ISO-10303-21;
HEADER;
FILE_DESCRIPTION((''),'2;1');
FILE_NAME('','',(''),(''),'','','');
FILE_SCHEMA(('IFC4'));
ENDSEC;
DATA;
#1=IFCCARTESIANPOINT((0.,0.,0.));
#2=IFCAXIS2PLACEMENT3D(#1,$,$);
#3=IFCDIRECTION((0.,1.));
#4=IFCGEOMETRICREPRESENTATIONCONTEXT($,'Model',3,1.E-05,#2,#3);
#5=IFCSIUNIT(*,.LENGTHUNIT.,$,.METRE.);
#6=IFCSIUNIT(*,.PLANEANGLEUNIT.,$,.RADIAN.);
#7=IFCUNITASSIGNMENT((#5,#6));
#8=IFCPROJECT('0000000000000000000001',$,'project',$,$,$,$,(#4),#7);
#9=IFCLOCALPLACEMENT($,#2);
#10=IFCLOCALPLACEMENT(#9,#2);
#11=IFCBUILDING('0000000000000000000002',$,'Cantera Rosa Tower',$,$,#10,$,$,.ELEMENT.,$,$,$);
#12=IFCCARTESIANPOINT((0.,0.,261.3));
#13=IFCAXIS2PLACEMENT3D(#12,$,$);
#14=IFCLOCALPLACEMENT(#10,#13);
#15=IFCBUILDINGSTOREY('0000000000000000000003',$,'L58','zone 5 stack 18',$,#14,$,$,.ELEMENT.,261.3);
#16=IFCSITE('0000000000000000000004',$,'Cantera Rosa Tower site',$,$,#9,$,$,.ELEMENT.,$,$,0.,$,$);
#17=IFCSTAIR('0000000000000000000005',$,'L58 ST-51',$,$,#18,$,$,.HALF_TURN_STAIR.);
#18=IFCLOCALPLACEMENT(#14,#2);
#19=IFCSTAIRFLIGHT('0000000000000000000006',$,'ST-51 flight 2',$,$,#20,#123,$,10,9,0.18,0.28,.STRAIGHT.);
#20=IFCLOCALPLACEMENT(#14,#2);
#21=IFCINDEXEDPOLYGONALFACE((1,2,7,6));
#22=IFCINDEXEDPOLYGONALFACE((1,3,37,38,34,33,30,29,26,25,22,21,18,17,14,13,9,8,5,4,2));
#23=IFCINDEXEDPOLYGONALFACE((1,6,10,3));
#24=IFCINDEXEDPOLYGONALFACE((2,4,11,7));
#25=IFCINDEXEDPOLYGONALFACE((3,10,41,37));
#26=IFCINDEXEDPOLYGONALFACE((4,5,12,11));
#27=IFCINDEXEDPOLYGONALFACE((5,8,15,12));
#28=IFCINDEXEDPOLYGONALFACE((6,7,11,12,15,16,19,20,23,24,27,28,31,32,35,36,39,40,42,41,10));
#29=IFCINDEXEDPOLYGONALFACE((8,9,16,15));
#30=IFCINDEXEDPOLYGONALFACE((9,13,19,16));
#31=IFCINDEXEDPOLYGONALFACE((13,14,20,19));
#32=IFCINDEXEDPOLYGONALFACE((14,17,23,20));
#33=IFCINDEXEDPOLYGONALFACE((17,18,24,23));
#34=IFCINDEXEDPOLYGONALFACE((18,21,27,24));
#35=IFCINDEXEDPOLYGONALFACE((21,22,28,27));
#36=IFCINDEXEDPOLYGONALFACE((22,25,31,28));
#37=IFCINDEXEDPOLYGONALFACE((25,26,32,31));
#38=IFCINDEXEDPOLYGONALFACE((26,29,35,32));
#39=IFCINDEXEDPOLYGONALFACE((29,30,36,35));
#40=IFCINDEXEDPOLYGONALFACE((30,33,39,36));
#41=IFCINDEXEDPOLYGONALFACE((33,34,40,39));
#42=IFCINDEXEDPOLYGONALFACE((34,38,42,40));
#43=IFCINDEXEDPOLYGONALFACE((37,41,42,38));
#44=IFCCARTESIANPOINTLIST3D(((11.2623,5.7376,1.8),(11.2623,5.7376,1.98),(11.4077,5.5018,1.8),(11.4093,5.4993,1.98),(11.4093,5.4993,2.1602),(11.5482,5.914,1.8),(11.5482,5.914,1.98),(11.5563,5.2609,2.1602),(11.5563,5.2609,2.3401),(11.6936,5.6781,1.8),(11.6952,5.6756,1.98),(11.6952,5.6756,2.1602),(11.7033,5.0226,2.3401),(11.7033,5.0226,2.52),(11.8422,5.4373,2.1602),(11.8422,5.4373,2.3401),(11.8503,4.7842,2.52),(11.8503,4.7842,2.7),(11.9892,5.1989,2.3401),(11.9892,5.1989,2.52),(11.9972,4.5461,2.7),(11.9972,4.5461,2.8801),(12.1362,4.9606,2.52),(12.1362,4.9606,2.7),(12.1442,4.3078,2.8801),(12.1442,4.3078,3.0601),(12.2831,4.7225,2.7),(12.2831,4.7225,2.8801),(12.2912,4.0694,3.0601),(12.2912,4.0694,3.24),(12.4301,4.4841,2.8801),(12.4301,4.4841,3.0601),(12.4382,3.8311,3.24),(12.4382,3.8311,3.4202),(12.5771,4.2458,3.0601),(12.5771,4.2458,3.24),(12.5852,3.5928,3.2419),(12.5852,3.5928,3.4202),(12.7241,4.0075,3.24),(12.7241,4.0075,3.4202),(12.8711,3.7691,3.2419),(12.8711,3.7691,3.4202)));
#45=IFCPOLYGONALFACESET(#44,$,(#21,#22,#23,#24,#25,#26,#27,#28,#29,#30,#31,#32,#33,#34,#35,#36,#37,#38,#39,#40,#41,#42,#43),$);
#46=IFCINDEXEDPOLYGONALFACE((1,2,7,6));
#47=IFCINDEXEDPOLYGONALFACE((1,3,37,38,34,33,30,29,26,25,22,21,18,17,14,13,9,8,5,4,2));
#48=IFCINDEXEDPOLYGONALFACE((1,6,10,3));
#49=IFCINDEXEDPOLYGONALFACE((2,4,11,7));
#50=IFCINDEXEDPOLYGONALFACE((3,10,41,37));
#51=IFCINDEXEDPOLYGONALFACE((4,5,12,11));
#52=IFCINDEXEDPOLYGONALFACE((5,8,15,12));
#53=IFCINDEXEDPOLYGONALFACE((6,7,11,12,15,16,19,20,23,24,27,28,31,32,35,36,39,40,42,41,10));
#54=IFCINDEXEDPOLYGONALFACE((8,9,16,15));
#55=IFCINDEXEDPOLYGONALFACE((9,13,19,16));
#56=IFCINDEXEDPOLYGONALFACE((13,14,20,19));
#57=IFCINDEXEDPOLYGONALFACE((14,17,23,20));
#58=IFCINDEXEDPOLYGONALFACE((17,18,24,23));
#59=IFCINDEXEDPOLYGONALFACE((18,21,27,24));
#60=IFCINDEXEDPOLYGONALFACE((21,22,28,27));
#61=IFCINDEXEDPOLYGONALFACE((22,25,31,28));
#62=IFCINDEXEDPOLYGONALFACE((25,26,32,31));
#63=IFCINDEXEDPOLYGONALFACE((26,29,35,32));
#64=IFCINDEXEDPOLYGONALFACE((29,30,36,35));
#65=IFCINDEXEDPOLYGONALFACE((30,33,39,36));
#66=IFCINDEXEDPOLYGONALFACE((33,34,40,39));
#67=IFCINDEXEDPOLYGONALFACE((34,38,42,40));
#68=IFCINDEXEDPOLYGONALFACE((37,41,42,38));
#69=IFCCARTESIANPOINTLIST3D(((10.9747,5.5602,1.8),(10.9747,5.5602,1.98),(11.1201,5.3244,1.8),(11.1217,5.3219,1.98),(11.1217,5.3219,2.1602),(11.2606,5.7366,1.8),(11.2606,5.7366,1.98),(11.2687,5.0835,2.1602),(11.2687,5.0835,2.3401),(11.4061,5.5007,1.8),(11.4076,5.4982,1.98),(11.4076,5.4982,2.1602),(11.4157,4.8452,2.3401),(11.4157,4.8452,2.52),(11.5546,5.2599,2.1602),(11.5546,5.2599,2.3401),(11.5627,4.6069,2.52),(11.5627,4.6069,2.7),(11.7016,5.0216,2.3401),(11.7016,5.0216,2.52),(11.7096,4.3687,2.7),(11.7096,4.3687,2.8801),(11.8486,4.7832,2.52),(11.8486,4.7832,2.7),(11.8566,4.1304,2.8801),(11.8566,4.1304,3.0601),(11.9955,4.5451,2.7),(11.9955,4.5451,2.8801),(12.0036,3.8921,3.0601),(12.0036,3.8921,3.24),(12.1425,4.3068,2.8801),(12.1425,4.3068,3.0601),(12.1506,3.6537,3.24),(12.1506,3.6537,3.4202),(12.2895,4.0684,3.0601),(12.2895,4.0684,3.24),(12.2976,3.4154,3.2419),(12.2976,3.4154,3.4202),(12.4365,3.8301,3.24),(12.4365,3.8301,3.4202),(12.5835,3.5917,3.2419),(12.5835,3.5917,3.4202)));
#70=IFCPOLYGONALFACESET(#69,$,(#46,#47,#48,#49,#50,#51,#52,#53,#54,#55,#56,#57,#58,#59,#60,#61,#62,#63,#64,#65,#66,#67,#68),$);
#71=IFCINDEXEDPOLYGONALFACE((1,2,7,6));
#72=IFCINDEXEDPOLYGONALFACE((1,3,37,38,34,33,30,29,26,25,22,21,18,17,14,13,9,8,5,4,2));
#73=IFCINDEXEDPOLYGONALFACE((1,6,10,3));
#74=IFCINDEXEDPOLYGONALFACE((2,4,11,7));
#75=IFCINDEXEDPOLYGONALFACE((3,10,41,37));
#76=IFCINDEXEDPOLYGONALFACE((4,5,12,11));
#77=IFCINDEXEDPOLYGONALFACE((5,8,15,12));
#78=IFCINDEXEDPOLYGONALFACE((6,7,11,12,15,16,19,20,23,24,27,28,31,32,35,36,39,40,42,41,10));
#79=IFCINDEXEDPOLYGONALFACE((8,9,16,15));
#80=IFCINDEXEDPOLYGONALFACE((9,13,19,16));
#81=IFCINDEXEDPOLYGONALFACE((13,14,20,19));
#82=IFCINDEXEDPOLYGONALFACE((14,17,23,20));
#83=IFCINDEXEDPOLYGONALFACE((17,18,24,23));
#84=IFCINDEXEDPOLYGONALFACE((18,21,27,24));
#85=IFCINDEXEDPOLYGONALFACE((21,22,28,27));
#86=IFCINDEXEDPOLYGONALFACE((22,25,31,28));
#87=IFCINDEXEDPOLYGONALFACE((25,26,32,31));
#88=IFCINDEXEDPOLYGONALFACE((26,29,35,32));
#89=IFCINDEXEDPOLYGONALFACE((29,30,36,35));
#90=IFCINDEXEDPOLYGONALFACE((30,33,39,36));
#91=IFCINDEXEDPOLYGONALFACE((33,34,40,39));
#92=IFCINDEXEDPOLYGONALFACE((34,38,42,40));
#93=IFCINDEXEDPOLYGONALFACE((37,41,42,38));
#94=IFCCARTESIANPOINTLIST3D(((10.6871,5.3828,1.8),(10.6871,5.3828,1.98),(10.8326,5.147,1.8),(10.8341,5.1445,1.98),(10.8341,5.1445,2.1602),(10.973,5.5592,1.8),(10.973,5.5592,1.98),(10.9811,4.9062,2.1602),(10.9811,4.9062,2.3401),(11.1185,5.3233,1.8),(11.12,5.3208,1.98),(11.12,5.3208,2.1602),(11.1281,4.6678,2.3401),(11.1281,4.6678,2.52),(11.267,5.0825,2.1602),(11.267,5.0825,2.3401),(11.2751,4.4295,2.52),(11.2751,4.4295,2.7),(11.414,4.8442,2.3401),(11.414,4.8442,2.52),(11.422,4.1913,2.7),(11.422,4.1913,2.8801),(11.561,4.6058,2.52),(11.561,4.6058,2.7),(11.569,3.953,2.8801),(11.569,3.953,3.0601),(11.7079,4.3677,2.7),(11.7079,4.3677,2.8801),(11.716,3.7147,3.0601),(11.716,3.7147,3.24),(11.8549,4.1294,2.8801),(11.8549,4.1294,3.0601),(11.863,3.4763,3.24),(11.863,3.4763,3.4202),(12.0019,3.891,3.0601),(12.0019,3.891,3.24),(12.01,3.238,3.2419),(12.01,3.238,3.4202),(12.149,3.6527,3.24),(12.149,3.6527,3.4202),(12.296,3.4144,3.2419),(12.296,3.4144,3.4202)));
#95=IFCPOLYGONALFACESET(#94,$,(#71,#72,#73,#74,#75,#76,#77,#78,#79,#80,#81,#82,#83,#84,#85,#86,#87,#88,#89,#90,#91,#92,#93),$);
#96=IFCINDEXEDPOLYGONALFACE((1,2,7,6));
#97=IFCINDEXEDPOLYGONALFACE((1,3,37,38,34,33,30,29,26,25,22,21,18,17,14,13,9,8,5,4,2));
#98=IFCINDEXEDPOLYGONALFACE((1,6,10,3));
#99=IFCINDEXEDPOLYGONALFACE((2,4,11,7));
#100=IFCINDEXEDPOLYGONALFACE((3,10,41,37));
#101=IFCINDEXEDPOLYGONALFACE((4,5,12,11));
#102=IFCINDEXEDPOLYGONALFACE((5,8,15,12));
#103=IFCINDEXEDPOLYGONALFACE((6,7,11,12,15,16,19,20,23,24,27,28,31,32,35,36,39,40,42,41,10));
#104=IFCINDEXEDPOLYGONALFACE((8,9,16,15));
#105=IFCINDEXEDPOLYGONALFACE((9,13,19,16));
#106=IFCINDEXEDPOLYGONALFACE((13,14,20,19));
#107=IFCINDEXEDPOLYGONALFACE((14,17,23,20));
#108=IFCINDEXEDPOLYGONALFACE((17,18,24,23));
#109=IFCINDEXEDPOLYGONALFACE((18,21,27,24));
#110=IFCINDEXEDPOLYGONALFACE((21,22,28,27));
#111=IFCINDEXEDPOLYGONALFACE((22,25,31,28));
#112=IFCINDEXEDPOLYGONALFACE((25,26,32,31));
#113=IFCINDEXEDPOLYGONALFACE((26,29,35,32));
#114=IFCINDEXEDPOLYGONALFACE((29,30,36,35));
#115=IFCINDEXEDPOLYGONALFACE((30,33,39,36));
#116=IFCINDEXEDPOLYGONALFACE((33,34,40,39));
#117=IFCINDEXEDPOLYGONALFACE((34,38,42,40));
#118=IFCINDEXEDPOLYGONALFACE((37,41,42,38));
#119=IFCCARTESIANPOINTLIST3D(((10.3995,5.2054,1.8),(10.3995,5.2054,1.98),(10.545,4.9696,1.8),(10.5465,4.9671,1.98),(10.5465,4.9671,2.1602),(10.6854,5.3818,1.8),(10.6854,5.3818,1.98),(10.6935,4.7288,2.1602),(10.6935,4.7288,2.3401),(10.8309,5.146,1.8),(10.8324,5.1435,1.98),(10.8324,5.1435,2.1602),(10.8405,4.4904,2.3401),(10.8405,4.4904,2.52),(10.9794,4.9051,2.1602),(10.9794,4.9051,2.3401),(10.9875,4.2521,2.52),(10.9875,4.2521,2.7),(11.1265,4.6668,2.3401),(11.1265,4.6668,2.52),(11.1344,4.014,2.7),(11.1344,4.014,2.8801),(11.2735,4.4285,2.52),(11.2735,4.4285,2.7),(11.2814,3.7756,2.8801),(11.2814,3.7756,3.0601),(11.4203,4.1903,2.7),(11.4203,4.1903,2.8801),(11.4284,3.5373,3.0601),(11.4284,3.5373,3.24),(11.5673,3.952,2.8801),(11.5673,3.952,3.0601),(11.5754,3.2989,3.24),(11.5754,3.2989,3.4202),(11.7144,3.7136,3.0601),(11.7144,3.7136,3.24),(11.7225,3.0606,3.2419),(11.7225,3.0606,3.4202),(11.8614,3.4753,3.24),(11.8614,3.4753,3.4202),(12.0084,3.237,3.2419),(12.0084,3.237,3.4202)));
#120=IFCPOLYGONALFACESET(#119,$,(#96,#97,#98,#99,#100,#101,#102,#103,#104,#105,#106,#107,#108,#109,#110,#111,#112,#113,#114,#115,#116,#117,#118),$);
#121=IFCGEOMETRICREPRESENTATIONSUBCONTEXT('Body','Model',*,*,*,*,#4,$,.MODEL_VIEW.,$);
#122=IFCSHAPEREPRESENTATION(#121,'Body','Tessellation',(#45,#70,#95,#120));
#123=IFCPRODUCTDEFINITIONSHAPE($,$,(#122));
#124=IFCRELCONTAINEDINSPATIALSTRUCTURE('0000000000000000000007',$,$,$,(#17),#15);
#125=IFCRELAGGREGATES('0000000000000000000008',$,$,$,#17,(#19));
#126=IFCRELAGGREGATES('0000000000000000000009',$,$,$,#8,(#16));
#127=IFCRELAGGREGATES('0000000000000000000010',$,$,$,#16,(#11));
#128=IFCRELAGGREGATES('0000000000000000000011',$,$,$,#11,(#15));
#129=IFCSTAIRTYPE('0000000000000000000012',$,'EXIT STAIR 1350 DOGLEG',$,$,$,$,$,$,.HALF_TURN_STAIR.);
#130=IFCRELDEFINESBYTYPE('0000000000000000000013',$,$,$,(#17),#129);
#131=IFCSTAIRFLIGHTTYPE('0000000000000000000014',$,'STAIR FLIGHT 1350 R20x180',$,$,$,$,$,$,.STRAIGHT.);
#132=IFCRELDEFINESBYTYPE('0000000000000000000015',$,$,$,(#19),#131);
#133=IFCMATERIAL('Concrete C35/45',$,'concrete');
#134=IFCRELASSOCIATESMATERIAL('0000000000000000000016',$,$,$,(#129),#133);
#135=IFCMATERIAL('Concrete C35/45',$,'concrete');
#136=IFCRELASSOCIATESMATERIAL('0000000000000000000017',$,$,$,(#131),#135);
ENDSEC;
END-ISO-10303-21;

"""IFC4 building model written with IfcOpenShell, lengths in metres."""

from ifc_helpers import new_model, si_unit, direction, frame, origin, place, context, subcontext, project, spatial, polyline, outline, extrude, material, type_object, element, aggregate, save


model = new_model("IFC4")

# Units and contexts
model_context = context("Model", 3, precision=1e-05, world=origin(), true_north=direction((0.0, 1.0)))
body_context = subcontext(model_context, "Body", "Model", "MODEL_VIEW")
ifc_project = project(units=[si_unit("LENGTHUNIT", "METRE"), si_unit("PLANEANGLEUNIT", "RADIAN")], contexts=[model_context])

# Site, building, storey
site_placement = place(None, origin())
site = spatial("IfcSite", under=ifc_project, at=site_placement, Name="Cantera Rosa Tower site", CompositionType="ELEMENT", RefElevation=0.0)
building_placement = place(site_placement, origin())
building = spatial("IfcBuilding", under=site, at=building_placement, Name="Cantera Rosa Tower", CompositionType="ELEMENT")
storey_placement = place(building_placement, frame((0.0, 0.0, 261.3)))
storey = spatial("IfcBuildingStorey", under=building, at=storey_placement, Name="L58", Description="zone 5 stack 18", CompositionType="ELEMENT", Elevation=261.3)

# Stair
ifc_material_1 = material(Name="Concrete C35/45", Category="concrete")
stair_type_1 = type_object("IfcStairType", Name="EXIT STAIR 1350 DOGLEG", PredefinedType="HALF_TURN_STAIR", material=ifc_material_1)
stair_1_placement = place(storey_placement, origin())
stair_1 = element("IfcStair", 1, at=stair_1_placement, inside=storey, type_object=stair_type_1, Name="L58 ST-51", PredefinedType="HALF_TURN_STAIR")

# Stair flight
ifc_material_2 = material(Name="Concrete C35/45", Category="concrete")
stair_flight_type = type_object("IfcStairFlightType", Name="STAIR FLIGHT 1350 R20x180", PredefinedType="STRAIGHT", material=ifc_material_2)
stair_flight_placement = place(storey_placement, frame((10.9736, 5.5596, 1.8), z_axis=(0.0, 0.0, 1.0), x_axis=(0.524977, -0.851117, 0.0)))
stair_flight = element("IfcStairFlight", 2, at=stair_flight_placement, type_object=stair_flight_type, Name="ST-51 flight 2", NumberOfRisers=10, NumberOfTreads=9, PredefinedType="STRAIGHT", RiserHeight=0.18, TreadLength=0.28, context=body_context, shape_type="SweptSolid", body=[
    extrude(outline(polyline([(0.0, 0.0), (0.0, 0.1799), (0.28, 0.1799), (0.28, 0.3601), (0.5601, 0.3601), (0.5601, 0.54), (0.8401, 0.54), (0.8401, 0.72), (1.1201, 0.72), (1.1201, 0.8999), (1.3999, 0.8999), (1.3999, 1.0801), (1.6799, 1.0801), (1.6799, 1.26), (1.96, 1.26), (1.96, 1.4399), (2.24, 1.4399), (2.24, 1.6201), (2.52, 1.6201), (2.52, 1.8), (2.52, 1.4419), (0.2771, 0.0), (0.0, 0.0)])), frame((0.0, 0.675, 0.0), z_axis=(0.0, -1.0, 0.0), x_axis=(1.0, 0.0, 0.0)), (0.0, 0.0, 1.0), 0.3359),
    extrude(outline(polyline([(0.0, 0.0), (0.0, 0.1799), (0.28, 0.1799), (0.28, 0.3601), (0.5601, 0.3601), (0.5601, 0.54), (0.8401, 0.54), (0.8401, 0.72), (1.1201, 0.72), (1.1201, 0.8999), (1.3999, 0.8999), (1.3999, 1.0801), (1.6799, 1.0801), (1.6799, 1.26), (1.96, 1.26), (1.96, 1.4399), (2.24, 1.4399), (2.24, 1.6201), (2.52, 1.6201), (2.52, 1.8), (2.52, 1.4419), (0.2771, 0.0), (0.0, 0.0)])), frame((0.0, 0.3372, 0.0), z_axis=(0.0, -1.0, 0.0), x_axis=(1.0, 0.0, 0.0)), (0.0, 0.0, 1.0), 0.3359),
    extrude(outline(polyline([(0.0, 0.0), (0.0, 0.1799), (0.28, 0.1799), (0.28, 0.3601), (0.5601, 0.3601), (0.5601, 0.54), (0.8401, 0.54), (0.8401, 0.72), (1.1201, 0.72), (1.1201, 0.8999), (1.3999, 0.8999), (1.3999, 1.0801), (1.6799, 1.0801), (1.6799, 1.26), (1.96, 1.26), (1.96, 1.4399), (2.24, 1.4399), (2.24, 1.6201), (2.52, 1.6201), (2.52, 1.8), (2.52, 1.4419), (0.2771, 0.0), (0.0, 0.0)])), frame((0.0, -0.0007, 0.0), z_axis=(0.0, -1.0, 0.0), x_axis=(1.0, 0.0, 0.0)), (0.0, 0.0, 1.0), 0.3359),
    extrude(outline(polyline([(0.0, 0.0), (0.0, 0.1799), (0.28, 0.1799), (0.28, 0.3601), (0.5601, 0.3601), (0.5601, 0.54), (0.8401, 0.54), (0.8401, 0.72), (1.1201, 0.72), (1.1201, 0.8999), (1.3999, 0.8999), (1.3999, 1.0801), (1.6799, 1.0801), (1.6799, 1.26), (1.96, 1.26), (1.96, 1.4399), (2.24, 1.4399), (2.24, 1.6201), (2.52, 1.6201), (2.52, 1.8), (2.52, 1.4419), (0.2771, 0.0), (0.0, 0.0)])), frame((0.0, -0.3386, 0.0), z_axis=(0.0, -1.0, 0.0), x_axis=(1.0, 0.0, 0.0)), (0.0, 0.0, 1.0), 0.3359),
])
aggregate(stair_1, [stair_flight])

save(model, "model.ifc")
